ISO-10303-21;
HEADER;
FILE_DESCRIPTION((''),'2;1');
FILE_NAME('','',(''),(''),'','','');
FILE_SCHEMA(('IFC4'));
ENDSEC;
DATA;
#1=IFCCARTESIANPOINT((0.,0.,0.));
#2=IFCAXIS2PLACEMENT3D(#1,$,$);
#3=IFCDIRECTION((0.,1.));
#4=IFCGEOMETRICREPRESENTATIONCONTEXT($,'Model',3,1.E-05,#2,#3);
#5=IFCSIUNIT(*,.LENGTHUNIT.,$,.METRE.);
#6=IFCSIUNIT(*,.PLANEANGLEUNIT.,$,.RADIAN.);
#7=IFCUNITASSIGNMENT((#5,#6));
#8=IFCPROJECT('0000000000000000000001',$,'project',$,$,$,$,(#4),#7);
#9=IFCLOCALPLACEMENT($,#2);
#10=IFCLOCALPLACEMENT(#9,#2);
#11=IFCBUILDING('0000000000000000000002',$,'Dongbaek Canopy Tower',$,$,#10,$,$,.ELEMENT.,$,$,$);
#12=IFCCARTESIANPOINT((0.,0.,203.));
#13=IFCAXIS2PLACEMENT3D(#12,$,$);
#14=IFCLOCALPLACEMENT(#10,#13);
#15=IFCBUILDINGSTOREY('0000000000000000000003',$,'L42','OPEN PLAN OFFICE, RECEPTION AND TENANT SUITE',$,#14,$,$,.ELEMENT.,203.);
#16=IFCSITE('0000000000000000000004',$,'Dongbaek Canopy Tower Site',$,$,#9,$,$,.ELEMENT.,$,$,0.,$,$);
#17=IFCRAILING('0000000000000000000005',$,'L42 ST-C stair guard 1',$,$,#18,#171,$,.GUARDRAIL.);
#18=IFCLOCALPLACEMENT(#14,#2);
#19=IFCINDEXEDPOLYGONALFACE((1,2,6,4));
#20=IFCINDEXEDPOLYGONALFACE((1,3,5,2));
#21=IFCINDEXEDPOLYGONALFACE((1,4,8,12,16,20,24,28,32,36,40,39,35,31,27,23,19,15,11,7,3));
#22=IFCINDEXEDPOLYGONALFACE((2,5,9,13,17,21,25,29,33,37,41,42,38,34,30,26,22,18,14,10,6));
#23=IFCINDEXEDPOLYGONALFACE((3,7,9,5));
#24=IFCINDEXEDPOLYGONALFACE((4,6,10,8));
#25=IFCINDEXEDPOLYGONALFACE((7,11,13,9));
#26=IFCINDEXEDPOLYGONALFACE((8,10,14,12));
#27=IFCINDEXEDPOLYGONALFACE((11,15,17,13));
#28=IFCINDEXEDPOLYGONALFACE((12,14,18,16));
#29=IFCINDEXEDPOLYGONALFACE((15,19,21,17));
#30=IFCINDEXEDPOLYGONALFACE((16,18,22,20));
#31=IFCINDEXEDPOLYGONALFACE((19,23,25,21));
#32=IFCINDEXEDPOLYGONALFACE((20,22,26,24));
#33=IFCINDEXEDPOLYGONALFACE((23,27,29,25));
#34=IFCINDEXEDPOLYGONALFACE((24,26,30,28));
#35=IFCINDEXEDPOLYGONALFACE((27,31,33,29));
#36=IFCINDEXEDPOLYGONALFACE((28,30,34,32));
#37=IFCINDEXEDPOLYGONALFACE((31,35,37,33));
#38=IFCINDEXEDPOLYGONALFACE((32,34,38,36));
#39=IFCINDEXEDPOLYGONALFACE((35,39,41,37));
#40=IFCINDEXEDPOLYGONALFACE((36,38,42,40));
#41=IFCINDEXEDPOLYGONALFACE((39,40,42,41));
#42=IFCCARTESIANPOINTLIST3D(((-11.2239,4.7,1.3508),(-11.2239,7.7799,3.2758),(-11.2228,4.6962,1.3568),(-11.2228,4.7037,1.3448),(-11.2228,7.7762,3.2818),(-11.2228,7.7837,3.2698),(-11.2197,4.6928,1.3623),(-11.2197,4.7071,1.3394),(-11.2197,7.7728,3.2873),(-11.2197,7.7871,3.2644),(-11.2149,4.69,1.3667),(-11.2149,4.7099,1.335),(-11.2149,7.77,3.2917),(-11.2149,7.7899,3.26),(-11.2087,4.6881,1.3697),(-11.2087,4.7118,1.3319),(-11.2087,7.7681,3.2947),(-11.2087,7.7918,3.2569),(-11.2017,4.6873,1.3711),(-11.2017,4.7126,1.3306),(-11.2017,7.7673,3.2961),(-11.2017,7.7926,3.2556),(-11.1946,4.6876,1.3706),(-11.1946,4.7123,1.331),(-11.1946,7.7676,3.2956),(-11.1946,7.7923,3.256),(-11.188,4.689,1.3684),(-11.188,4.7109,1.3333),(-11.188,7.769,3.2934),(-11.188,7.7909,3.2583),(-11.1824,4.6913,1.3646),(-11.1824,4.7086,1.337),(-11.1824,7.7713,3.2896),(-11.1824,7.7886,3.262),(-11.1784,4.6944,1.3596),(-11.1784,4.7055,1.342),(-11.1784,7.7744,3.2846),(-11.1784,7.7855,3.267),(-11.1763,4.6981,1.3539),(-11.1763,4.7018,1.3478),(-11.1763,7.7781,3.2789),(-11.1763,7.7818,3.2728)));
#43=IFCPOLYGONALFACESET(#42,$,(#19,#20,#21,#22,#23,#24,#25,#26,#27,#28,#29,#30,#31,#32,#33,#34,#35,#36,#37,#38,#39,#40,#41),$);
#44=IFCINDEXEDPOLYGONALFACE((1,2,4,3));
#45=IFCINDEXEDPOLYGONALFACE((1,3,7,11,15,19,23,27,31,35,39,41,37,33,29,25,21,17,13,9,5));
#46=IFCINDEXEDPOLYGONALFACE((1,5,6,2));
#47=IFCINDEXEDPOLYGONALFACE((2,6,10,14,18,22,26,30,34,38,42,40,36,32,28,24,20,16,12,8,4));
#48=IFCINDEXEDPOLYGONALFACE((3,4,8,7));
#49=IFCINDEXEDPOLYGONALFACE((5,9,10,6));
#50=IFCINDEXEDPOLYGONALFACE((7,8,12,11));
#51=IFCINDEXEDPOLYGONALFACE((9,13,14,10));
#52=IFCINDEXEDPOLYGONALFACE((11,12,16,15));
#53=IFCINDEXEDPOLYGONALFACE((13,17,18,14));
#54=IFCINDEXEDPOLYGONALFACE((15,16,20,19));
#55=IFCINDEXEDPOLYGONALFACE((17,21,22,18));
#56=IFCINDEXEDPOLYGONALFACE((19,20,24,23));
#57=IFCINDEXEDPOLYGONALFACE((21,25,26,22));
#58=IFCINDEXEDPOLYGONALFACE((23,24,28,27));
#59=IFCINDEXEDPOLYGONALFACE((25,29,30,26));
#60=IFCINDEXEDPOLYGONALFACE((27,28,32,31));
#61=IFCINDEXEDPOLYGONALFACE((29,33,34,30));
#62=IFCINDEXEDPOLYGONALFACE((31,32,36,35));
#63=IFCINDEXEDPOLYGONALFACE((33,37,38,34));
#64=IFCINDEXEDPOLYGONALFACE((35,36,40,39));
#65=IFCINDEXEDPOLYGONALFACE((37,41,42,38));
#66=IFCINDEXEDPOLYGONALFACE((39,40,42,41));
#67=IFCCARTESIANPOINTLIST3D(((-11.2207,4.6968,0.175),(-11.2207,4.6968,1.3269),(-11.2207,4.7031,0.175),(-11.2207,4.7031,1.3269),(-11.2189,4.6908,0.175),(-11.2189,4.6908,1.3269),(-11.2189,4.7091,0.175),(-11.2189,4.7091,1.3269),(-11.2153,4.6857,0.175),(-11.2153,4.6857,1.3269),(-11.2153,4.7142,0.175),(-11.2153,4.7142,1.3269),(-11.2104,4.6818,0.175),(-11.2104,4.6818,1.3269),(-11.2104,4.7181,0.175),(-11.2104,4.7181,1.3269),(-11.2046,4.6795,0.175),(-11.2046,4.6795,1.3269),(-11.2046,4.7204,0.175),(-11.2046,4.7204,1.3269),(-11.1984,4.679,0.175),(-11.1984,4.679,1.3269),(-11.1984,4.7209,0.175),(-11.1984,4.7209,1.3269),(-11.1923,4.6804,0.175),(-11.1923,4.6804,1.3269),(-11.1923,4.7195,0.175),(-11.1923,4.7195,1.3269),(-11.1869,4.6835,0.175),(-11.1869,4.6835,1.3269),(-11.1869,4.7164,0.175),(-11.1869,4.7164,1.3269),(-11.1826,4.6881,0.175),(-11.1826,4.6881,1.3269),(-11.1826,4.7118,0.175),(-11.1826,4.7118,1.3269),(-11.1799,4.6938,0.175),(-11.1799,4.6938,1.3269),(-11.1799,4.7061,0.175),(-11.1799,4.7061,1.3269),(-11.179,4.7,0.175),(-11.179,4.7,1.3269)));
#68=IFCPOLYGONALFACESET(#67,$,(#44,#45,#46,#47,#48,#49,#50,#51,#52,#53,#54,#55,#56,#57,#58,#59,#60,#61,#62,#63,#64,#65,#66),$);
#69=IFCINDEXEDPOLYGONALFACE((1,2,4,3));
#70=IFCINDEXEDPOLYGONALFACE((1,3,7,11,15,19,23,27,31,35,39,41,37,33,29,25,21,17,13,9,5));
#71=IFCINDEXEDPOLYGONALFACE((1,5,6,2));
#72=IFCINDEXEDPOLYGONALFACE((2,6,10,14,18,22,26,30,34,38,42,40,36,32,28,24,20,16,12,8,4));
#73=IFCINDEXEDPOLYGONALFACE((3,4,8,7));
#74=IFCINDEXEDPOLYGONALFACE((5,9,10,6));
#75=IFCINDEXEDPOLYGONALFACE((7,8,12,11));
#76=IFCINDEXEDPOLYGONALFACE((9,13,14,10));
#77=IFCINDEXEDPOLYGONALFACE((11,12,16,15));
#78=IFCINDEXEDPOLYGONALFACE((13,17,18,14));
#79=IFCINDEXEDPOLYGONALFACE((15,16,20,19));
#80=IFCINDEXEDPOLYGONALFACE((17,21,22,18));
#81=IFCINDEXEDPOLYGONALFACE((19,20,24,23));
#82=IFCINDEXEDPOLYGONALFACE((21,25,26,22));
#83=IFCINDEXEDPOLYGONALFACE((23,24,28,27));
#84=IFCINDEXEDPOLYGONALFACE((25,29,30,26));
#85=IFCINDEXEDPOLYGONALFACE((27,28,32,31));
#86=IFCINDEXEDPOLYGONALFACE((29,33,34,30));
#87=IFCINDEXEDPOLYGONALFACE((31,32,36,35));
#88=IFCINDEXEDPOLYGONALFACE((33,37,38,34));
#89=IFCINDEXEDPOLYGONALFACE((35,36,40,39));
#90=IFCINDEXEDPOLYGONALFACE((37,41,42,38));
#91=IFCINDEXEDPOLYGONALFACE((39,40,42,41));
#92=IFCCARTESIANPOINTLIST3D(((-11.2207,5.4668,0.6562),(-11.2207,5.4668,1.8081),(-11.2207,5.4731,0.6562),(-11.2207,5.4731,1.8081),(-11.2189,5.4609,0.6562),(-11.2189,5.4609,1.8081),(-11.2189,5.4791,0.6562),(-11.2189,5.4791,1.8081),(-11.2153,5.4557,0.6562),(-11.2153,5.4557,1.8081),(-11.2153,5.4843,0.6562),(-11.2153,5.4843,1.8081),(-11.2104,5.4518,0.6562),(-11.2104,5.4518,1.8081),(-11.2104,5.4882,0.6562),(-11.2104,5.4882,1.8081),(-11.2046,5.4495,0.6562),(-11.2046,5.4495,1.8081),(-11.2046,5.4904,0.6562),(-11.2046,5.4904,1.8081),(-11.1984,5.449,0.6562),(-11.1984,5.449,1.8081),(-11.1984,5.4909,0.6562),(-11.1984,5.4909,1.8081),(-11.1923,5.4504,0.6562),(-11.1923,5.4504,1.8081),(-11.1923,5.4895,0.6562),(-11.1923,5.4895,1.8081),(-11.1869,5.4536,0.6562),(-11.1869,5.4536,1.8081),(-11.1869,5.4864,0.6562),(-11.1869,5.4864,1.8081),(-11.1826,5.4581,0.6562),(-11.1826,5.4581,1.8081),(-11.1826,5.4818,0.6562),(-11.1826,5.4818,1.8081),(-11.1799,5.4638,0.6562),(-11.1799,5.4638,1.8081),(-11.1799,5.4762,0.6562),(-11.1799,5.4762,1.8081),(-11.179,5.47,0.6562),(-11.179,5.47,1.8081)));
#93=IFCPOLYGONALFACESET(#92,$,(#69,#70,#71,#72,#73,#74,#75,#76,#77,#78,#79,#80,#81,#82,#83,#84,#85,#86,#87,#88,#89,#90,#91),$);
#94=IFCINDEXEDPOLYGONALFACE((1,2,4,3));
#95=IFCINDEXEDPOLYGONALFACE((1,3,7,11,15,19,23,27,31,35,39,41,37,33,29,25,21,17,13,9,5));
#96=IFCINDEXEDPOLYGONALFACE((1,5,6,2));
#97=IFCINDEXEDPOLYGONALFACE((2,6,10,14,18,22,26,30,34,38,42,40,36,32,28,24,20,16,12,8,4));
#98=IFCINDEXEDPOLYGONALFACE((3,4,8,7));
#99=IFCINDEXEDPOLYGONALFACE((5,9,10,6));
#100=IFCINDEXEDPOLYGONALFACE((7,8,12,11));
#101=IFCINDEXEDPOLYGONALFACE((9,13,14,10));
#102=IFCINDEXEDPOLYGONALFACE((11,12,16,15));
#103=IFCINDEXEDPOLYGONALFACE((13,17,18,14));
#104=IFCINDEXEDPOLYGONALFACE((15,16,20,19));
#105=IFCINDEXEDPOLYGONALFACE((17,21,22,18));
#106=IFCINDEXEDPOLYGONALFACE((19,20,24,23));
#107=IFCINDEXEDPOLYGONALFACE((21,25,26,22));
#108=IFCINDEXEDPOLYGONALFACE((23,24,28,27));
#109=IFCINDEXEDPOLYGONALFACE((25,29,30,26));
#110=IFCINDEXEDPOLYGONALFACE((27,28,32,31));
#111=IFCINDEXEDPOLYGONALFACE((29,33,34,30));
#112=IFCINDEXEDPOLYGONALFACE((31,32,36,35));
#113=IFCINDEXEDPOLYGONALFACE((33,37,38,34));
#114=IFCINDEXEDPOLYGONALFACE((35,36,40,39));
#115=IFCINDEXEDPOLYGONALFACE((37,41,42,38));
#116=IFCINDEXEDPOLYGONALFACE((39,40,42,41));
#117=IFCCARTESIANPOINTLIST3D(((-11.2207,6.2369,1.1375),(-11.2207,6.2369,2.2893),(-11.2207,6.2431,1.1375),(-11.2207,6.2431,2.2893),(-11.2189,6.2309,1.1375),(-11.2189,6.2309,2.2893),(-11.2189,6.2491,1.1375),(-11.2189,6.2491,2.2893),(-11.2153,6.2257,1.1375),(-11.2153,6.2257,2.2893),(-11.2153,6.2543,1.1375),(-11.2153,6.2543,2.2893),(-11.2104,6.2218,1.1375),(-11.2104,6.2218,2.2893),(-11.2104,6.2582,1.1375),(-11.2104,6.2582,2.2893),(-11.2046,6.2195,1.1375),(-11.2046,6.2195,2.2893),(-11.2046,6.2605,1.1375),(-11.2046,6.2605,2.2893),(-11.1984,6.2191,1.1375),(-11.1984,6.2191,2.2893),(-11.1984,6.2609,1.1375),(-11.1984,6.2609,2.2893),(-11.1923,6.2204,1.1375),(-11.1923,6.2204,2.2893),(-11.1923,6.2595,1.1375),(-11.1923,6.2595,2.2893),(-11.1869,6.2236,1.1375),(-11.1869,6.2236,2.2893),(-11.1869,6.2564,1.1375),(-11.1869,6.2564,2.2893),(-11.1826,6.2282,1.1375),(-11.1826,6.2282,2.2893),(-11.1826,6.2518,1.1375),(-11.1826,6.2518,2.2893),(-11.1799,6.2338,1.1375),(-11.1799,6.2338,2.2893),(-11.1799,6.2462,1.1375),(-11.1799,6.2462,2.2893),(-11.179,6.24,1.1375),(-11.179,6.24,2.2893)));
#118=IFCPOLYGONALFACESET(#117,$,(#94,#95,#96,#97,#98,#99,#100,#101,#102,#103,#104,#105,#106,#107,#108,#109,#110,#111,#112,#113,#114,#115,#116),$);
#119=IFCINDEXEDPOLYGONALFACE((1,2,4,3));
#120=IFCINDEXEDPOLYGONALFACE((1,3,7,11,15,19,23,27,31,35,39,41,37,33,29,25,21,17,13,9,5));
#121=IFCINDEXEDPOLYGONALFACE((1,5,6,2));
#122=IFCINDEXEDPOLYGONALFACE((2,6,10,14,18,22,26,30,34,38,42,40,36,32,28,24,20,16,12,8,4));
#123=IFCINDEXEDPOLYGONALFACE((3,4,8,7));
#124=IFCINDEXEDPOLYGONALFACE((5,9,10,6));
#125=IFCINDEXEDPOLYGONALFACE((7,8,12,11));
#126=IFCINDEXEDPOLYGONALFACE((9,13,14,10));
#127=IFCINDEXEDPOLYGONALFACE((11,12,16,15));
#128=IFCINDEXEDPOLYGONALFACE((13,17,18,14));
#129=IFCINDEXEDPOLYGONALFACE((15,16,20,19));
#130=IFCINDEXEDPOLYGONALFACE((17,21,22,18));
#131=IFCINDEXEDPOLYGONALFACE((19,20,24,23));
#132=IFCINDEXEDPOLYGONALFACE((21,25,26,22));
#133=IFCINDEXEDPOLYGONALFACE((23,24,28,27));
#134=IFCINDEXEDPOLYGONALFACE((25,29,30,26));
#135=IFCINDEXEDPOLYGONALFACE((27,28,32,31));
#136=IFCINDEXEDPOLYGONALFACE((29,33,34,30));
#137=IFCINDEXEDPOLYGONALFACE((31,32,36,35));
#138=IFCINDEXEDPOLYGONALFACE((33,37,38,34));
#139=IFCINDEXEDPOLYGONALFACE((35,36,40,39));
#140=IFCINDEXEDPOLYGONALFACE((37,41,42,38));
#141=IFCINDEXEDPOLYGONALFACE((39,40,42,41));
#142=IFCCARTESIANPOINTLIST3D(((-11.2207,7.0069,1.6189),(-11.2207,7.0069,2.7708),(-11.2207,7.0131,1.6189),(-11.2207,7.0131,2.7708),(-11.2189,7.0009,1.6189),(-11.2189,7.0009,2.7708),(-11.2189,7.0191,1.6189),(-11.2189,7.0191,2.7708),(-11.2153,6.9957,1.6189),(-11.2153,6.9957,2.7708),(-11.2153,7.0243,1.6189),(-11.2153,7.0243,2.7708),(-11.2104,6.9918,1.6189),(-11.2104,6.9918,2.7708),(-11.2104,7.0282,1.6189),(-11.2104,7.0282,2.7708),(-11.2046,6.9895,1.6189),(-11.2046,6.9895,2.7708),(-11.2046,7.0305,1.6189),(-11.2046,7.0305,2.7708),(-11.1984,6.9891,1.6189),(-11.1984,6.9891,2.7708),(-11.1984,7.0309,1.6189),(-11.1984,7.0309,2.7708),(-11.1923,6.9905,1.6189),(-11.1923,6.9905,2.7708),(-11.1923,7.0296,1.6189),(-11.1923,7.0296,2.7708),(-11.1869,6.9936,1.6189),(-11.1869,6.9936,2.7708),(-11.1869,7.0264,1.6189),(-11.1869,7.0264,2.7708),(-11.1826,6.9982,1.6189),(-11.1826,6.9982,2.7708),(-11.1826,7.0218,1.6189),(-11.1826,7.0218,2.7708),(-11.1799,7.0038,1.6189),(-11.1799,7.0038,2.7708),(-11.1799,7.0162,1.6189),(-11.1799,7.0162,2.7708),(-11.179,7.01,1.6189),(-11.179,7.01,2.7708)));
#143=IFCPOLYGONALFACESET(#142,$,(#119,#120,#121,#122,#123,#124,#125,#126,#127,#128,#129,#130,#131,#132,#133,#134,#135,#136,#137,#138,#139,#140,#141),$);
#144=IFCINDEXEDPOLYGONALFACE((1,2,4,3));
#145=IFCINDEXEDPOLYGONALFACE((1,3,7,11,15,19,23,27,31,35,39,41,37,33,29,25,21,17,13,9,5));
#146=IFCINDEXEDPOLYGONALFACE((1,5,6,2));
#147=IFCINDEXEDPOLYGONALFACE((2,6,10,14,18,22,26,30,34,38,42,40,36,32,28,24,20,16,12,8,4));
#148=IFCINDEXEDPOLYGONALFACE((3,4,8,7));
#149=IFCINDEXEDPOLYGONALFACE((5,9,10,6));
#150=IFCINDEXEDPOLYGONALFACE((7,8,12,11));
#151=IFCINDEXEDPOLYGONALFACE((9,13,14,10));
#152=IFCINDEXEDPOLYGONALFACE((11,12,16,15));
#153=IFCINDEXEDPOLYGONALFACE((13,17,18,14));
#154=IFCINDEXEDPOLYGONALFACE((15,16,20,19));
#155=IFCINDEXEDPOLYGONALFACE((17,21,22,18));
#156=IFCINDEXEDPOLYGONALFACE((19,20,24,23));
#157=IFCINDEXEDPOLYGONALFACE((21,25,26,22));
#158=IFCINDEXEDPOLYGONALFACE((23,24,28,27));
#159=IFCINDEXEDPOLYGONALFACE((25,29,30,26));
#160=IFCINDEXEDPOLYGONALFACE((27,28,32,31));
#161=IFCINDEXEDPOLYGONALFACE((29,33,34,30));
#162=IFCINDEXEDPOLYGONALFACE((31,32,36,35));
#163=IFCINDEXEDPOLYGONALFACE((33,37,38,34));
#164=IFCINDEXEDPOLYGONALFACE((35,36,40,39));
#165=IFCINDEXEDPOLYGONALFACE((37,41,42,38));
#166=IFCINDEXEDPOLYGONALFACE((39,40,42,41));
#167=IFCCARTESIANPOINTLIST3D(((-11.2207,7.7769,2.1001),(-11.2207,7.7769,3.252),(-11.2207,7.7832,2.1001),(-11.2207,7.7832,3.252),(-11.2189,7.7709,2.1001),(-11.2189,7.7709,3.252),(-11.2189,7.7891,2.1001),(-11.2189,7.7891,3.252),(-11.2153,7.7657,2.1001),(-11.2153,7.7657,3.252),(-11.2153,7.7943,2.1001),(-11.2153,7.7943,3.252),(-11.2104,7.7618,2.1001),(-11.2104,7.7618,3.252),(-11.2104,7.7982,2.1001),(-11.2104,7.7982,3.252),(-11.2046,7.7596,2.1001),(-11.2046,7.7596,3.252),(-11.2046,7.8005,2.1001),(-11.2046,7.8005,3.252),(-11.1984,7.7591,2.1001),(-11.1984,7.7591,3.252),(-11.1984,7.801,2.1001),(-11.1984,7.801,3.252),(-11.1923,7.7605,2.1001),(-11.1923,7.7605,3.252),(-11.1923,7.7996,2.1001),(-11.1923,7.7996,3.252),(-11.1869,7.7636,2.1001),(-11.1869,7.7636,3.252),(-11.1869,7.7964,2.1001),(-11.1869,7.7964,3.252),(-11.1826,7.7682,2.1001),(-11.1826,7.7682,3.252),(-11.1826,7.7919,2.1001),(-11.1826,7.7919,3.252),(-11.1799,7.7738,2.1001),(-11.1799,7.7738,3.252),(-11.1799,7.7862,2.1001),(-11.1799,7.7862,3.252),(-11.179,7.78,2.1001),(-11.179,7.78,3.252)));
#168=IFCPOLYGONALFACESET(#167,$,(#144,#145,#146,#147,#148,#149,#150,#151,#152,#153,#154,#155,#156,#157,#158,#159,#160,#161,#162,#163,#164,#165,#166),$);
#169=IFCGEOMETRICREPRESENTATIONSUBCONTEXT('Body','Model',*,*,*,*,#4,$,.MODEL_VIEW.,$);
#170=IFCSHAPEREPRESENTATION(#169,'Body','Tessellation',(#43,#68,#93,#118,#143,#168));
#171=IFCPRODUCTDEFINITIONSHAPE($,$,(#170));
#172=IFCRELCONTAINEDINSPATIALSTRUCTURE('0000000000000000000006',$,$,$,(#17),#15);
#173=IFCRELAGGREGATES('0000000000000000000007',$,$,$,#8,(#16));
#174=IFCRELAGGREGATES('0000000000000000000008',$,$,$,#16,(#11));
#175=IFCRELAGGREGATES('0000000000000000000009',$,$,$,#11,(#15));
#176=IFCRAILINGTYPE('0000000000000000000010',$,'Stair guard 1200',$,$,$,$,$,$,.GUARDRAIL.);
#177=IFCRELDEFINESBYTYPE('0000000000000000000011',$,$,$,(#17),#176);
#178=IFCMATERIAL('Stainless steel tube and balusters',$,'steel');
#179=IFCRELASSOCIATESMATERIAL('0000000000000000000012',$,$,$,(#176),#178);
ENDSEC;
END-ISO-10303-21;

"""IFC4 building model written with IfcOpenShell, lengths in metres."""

from ifc_helpers import new_model, si_unit, direction, frame, origin, origin_2d, place, context, subcontext, project, spatial, circle, extrude, material, type_object, element, save


model = new_model("IFC4")

# Units and contexts
model_context = context("Model", 3, precision=1e-05, world=origin(), true_north=direction((0.0, 1.0)))
body_context = subcontext(model_context, "Body", "Model", "MODEL_VIEW")
ifc_project = project(units=[si_unit("LENGTHUNIT", "METRE"), si_unit("PLANEANGLEUNIT", "RADIAN")], contexts=[model_context])

# Site, building, storey
site_placement = place(None, origin())
site = spatial("IfcSite", under=ifc_project, at=site_placement, Name="Dongbaek Canopy Tower Site", CompositionType="ELEMENT", RefElevation=0.0)
building_placement = place(site_placement, origin())
building = spatial("IfcBuilding", under=site, at=building_placement, Name="Dongbaek Canopy Tower", CompositionType="ELEMENT")
storey_placement = place(building_placement, frame((0.0, 0.0, 203.0)))
storey = spatial("IfcBuildingStorey", under=building, at=storey_placement, Name="L42", Description="OPEN PLAN OFFICE, RECEPTION AND TENANT SUITE", CompositionType="ELEMENT", Elevation=203.0)

# Railing
ifc_material_1 = material(Name="Stainless steel tube and balusters", Category="steel")
railing_type_1 = type_object("IfcRailingType", Name="Stair guard 1200", PredefinedType="GUARDRAIL", material=ifc_material_1)
railing_1_placement = place(storey_placement, frame((-11.2, 4.7, 0.175)))
element("IfcRailing", 1, at=railing_1_placement, inside=storey, type_object=railing_type_1, Name="L42 ST-C stair guard 1", PredefinedType="GUARDRAIL", context=body_context, shape_type="SweptSolid", body=[
    extrude(circle(Radius=0.0239, at=origin_2d()), frame((0.0, 0.0, 1.1758), z_axis=(0.0, 0.847998, 0.529999), x_axis=(-1.0, 0.0, 0.0)), (0.0, 0.0, 1.0), 3.6321),
    extrude(circle(Radius=0.021, at=origin_2d()), origin(), (0.0, 0.0, 1.0), 1.1519),
    extrude(circle(Radius=0.021, at=origin_2d()), frame((0.0, 0.77, 0.4812)), (0.0, 0.0, 1.0), 1.1519),
    extrude(circle(Radius=0.021, at=origin_2d()), frame((0.0, 1.54, 0.9624)), (0.0, 0.0, 1.0), 1.1519),
    extrude(circle(Radius=0.021, at=origin_2d()), frame((0.0, 2.3101, 1.4438)), (0.0, 0.0, 1.0), 1.1519),
    extrude(circle(Radius=0.021, at=origin_2d()), frame((0.0, 3.0801, 1.925)), (0.0, 0.0, 1.0), 1.1519),
])

save(model, "model.ifc")
